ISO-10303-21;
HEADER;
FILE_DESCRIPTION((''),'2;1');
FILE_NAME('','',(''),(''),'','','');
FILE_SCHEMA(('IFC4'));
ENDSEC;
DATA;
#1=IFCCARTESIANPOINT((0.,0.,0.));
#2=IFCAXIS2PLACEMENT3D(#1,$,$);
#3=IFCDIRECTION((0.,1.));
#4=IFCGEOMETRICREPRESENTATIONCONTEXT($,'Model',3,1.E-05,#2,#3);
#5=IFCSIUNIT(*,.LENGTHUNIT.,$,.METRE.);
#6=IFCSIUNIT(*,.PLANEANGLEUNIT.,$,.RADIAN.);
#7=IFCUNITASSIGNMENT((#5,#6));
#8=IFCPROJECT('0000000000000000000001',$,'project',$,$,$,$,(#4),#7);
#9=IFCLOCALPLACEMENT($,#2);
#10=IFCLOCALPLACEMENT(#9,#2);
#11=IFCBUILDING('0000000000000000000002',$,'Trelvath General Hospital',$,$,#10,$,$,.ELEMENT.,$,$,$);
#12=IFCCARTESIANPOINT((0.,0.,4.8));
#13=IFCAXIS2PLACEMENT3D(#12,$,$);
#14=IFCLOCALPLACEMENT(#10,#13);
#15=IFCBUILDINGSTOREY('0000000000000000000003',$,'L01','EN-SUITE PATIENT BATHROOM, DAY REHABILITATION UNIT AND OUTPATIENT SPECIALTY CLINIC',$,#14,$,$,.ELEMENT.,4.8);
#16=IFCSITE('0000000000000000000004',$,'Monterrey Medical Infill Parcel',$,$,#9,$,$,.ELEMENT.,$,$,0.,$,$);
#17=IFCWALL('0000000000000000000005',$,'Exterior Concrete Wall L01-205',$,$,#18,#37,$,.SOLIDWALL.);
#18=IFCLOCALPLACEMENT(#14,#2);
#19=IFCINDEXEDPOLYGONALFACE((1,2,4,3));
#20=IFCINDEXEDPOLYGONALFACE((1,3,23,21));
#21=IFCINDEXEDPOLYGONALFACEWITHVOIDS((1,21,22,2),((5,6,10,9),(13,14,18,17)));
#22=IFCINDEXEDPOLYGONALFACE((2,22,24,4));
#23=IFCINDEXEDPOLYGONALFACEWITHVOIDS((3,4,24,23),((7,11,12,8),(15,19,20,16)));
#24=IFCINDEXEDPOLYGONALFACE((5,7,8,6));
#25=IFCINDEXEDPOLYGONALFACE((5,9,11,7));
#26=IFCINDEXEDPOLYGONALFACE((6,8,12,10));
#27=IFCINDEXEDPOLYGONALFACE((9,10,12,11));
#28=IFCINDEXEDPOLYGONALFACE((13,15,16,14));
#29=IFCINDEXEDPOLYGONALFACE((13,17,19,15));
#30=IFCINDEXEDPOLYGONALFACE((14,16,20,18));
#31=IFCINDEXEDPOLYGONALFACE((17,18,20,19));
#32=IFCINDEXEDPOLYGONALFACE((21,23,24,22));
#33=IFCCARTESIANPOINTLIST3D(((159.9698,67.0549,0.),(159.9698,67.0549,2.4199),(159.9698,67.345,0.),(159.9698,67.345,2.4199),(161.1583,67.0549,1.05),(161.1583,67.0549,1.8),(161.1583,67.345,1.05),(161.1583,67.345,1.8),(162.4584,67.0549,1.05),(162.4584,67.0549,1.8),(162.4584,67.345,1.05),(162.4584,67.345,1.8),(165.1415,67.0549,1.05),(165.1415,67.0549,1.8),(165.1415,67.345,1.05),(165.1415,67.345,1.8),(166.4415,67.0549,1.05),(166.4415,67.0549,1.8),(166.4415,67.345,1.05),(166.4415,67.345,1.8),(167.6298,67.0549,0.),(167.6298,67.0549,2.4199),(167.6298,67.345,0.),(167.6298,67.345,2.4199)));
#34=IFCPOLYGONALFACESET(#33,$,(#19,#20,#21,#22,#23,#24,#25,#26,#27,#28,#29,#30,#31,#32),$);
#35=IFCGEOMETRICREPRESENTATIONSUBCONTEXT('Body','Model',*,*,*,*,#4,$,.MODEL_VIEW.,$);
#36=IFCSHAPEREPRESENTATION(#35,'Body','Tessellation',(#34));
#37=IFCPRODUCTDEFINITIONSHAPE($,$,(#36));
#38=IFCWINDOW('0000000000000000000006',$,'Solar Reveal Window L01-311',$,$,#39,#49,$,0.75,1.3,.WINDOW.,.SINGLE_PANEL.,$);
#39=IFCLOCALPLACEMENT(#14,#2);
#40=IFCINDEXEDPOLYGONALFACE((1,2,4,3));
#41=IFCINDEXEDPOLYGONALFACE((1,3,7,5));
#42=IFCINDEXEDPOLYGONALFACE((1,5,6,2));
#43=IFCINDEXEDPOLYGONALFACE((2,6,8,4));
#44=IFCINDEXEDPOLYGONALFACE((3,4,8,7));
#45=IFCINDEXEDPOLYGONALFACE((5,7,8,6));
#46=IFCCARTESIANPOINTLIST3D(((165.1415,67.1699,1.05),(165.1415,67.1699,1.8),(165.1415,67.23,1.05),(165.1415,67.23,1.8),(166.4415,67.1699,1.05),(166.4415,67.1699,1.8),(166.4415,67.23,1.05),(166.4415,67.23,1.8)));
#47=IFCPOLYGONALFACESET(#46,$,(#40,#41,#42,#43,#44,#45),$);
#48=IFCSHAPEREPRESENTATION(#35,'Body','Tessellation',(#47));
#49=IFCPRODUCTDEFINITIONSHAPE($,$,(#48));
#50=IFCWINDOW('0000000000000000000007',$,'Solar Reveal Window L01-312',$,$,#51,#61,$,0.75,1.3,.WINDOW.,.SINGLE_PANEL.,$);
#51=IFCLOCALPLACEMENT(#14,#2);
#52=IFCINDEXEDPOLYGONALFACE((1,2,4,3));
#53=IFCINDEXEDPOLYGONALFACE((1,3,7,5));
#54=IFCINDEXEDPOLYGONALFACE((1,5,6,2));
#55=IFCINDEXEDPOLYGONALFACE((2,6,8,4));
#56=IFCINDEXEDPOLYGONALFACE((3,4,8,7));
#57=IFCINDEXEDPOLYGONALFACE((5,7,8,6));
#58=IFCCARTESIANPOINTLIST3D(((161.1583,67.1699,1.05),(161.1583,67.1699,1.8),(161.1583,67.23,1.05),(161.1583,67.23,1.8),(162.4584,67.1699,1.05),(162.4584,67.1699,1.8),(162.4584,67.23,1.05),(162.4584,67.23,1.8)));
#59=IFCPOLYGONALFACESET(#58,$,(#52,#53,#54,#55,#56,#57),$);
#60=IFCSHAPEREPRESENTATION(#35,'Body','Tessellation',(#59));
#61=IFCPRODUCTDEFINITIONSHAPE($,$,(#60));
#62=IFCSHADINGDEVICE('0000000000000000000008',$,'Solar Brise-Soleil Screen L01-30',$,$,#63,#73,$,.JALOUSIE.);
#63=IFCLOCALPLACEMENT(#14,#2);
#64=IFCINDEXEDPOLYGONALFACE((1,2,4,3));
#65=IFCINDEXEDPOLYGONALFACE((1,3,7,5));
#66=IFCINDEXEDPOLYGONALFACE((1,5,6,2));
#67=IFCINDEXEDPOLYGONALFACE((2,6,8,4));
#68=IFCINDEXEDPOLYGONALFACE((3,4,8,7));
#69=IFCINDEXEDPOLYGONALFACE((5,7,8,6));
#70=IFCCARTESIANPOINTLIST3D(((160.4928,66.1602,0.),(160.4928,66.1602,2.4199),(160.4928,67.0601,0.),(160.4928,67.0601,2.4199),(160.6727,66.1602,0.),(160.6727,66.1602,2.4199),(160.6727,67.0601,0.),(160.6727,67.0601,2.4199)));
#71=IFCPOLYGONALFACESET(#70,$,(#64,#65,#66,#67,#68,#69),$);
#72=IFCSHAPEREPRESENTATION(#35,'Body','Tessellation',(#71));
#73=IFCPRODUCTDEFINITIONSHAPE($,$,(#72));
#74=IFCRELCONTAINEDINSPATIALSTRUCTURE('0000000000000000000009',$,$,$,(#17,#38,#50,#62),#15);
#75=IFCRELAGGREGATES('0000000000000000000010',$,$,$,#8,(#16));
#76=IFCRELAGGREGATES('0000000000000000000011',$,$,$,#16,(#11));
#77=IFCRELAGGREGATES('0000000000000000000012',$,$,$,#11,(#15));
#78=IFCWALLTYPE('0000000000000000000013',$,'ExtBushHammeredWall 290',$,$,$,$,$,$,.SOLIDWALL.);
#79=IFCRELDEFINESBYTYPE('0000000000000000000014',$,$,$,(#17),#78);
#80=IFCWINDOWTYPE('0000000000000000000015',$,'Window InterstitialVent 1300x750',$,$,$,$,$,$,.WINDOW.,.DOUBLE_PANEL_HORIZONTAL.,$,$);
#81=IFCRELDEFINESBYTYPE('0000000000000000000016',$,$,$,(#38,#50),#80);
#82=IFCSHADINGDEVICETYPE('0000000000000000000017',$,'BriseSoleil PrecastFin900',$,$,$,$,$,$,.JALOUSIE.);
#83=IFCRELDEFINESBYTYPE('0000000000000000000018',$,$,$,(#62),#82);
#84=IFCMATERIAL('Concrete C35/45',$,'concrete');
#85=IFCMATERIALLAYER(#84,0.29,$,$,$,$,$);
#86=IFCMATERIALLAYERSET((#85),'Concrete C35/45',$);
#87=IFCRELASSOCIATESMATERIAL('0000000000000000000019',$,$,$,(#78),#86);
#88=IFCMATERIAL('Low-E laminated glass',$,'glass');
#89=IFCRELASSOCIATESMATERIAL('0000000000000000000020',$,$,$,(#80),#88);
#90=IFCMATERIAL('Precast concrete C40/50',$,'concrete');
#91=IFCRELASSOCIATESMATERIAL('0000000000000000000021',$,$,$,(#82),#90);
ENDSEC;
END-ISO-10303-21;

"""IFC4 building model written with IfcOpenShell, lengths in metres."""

from ifc_helpers import new_model, si_unit, direction, frame, frame_2d, origin, origin_2d, place, context, subcontext, project, spatial, rectangle, extrude, material, layer, layer_set, type_object, element, fill, save


model = new_model("IFC4")

# Units and contexts
model_context = context("Model", 3, precision=1e-05, world=origin(), true_north=direction((0.0, 1.0)))
body_context = subcontext(model_context, "Body", "Model", "MODEL_VIEW")
ifc_project = project(units=[si_unit("LENGTHUNIT", "METRE"), si_unit("PLANEANGLEUNIT", "RADIAN")], contexts=[model_context])

# Site, building, storey
site_placement = place(None, origin())
site = spatial("IfcSite", under=ifc_project, at=site_placement, Name="Monterrey Medical Infill Parcel", CompositionType="ELEMENT", RefElevation=0.0)
building_placement = place(site_placement, origin())
building = spatial("IfcBuilding", under=site, at=building_placement, Name="Trelvath General Hospital", CompositionType="ELEMENT")
storey_placement = place(building_placement, frame((0.0, 0.0, 4.8)))
storey = spatial("IfcBuildingStorey", under=building, at=storey_placement, Name="L01", Description="EN-SUITE PATIENT BATHROOM, DAY REHABILITATION UNIT AND OUTPATIENT SPECIALTY CLINIC", CompositionType="ELEMENT", Elevation=4.8)

# Wall, openings, windows
ifc_material_1 = material(Name="Concrete C35/45", Category="concrete")
ifc_layer_1 = layer(ifc_material_1, 0.29)
ifc_layer_set_1 = layer_set([ifc_layer_1], Name="Concrete C35/45")
wall_type_1 = type_object("IfcWallType", Name="ExtBushHammeredWall 290", PredefinedType="SOLIDWALL", material=ifc_layer_set_1)
ifc_material_2 = material(Name="Low-E laminated glass", Category="glass")
window_type_1 = type_object("IfcWindowType", Name="Window InterstitialVent 1300x750", PartitioningType="DOUBLE_PANEL_HORIZONTAL", PredefinedType="WINDOW", material=ifc_material_2)
wall_1_placement = place(storey_placement, frame((167.6299, 67.2, 0.0), z_axis=(0.0, 0.0, 1.0), x_axis=(-1.0, 0.0, 0.0)))
wall_1 = element("IfcWall", 1, at=wall_1_placement, inside=storey, type_object=wall_type_1, Name="Exterior Concrete Wall L01-205", PredefinedType="SOLIDWALL", context=body_context, shape_type="SweptSolid", body=[
    extrude(rectangle(XDim=7.6599, YDim=0.29, at=frame_2d((3.8301, 0.0))), origin(), (0.0, 0.0, 1.0), 2.4199),
])
opening_1_placement = place(wall_1_placement, frame((1.1885, 0.0, 1.05)))
opening_1 = element("IfcOpeningElement", 2, at=opening_1_placement, cuts=wall_1, PredefinedType="OPENING", context=body_context, shape_type="SweptSolid", body=[
    extrude(rectangle(XDim=1.3, YDim=0.75, at=frame_2d((0.6499, 0.375))), frame((0.0, 0.155, 0.0), z_axis=(0.0, -1.0, 0.0), x_axis=(1.0, 0.0, 0.0)), (0.0, 0.0, 1.0), 0.3101),
])
opening_2_placement = place(wall_1_placement, frame((5.1716, 0.0, 1.05)))
opening_2 = element("IfcOpeningElement", 3, at=opening_2_placement, cuts=wall_1, PredefinedType="OPENING", context=body_context, shape_type="SweptSolid", body=[
    extrude(rectangle(XDim=1.3, YDim=0.75, at=frame_2d((0.6499, 0.375))), frame((0.0, 0.155, 0.0), z_axis=(0.0, -1.0, 0.0), x_axis=(1.0, 0.0, 0.0)), (0.0, 0.0, 1.0), 0.3101),
])
window_1_placement = place(opening_1_placement, origin())
window_1 = element("IfcWindow", 4, at=window_1_placement, inside=storey, type_object=window_type_1, Name="Solar Reveal Window L01-311", OverallHeight=0.75, OverallWidth=1.3, PartitioningType="SINGLE_PANEL", PredefinedType="WINDOW", context=body_context, shape_type="SweptSolid", body=[
    extrude(rectangle(XDim=1.3, YDim=0.75, at=frame_2d((0.6499, 0.375))), frame((0.0, 0.03, 0.0), z_axis=(0.0, -1.0, 0.0), x_axis=(1.0, 0.0, 0.0)), (0.0, 0.0, 1.0), 0.0601),
])
fill(opening_1, window_1)
window_2_placement = place(opening_2_placement, origin())
window_2 = element("IfcWindow", 5, at=window_2_placement, inside=storey, type_object=window_type_1, Name="Solar Reveal Window L01-312", OverallHeight=0.75, OverallWidth=1.3, PartitioningType="SINGLE_PANEL", PredefinedType="WINDOW", context=body_context, shape_type="SweptSolid", body=[
    extrude(rectangle(XDim=1.3, YDim=0.75, at=frame_2d((0.6499, 0.375))), frame((0.0, 0.03, 0.0), z_axis=(0.0, -1.0, 0.0), x_axis=(1.0, 0.0, 0.0)), (0.0, 0.0, 1.0), 0.0601),
])
fill(opening_2, window_2)

# Shading device
ifc_material_3 = material(Name="Precast concrete C40/50", Category="concrete")
shading_device_type = type_object("IfcShadingDeviceType", Name="BriseSoleil PrecastFin900", PredefinedType="JALOUSIE", material=ifc_material_3)
shading_device_placement = place(storey_placement, frame((160.5828, 66.6101, 0.0), z_axis=(0.0, 0.0, 1.0), x_axis=(0.0, -1.0, 0.0)))
element("IfcShadingDevice", 6, at=shading_device_placement, inside=storey, type_object=shading_device_type, Name="Solar Brise-Soleil Screen L01-30", PredefinedType="JALOUSIE", context=body_context, shape_type="SweptSolid", body=[
    extrude(rectangle(XDim=0.8999, YDim=0.1799, at=origin_2d()), origin(), (0.0, 0.0, 1.0), 2.4199),
])

save(model, "model.ifc")
